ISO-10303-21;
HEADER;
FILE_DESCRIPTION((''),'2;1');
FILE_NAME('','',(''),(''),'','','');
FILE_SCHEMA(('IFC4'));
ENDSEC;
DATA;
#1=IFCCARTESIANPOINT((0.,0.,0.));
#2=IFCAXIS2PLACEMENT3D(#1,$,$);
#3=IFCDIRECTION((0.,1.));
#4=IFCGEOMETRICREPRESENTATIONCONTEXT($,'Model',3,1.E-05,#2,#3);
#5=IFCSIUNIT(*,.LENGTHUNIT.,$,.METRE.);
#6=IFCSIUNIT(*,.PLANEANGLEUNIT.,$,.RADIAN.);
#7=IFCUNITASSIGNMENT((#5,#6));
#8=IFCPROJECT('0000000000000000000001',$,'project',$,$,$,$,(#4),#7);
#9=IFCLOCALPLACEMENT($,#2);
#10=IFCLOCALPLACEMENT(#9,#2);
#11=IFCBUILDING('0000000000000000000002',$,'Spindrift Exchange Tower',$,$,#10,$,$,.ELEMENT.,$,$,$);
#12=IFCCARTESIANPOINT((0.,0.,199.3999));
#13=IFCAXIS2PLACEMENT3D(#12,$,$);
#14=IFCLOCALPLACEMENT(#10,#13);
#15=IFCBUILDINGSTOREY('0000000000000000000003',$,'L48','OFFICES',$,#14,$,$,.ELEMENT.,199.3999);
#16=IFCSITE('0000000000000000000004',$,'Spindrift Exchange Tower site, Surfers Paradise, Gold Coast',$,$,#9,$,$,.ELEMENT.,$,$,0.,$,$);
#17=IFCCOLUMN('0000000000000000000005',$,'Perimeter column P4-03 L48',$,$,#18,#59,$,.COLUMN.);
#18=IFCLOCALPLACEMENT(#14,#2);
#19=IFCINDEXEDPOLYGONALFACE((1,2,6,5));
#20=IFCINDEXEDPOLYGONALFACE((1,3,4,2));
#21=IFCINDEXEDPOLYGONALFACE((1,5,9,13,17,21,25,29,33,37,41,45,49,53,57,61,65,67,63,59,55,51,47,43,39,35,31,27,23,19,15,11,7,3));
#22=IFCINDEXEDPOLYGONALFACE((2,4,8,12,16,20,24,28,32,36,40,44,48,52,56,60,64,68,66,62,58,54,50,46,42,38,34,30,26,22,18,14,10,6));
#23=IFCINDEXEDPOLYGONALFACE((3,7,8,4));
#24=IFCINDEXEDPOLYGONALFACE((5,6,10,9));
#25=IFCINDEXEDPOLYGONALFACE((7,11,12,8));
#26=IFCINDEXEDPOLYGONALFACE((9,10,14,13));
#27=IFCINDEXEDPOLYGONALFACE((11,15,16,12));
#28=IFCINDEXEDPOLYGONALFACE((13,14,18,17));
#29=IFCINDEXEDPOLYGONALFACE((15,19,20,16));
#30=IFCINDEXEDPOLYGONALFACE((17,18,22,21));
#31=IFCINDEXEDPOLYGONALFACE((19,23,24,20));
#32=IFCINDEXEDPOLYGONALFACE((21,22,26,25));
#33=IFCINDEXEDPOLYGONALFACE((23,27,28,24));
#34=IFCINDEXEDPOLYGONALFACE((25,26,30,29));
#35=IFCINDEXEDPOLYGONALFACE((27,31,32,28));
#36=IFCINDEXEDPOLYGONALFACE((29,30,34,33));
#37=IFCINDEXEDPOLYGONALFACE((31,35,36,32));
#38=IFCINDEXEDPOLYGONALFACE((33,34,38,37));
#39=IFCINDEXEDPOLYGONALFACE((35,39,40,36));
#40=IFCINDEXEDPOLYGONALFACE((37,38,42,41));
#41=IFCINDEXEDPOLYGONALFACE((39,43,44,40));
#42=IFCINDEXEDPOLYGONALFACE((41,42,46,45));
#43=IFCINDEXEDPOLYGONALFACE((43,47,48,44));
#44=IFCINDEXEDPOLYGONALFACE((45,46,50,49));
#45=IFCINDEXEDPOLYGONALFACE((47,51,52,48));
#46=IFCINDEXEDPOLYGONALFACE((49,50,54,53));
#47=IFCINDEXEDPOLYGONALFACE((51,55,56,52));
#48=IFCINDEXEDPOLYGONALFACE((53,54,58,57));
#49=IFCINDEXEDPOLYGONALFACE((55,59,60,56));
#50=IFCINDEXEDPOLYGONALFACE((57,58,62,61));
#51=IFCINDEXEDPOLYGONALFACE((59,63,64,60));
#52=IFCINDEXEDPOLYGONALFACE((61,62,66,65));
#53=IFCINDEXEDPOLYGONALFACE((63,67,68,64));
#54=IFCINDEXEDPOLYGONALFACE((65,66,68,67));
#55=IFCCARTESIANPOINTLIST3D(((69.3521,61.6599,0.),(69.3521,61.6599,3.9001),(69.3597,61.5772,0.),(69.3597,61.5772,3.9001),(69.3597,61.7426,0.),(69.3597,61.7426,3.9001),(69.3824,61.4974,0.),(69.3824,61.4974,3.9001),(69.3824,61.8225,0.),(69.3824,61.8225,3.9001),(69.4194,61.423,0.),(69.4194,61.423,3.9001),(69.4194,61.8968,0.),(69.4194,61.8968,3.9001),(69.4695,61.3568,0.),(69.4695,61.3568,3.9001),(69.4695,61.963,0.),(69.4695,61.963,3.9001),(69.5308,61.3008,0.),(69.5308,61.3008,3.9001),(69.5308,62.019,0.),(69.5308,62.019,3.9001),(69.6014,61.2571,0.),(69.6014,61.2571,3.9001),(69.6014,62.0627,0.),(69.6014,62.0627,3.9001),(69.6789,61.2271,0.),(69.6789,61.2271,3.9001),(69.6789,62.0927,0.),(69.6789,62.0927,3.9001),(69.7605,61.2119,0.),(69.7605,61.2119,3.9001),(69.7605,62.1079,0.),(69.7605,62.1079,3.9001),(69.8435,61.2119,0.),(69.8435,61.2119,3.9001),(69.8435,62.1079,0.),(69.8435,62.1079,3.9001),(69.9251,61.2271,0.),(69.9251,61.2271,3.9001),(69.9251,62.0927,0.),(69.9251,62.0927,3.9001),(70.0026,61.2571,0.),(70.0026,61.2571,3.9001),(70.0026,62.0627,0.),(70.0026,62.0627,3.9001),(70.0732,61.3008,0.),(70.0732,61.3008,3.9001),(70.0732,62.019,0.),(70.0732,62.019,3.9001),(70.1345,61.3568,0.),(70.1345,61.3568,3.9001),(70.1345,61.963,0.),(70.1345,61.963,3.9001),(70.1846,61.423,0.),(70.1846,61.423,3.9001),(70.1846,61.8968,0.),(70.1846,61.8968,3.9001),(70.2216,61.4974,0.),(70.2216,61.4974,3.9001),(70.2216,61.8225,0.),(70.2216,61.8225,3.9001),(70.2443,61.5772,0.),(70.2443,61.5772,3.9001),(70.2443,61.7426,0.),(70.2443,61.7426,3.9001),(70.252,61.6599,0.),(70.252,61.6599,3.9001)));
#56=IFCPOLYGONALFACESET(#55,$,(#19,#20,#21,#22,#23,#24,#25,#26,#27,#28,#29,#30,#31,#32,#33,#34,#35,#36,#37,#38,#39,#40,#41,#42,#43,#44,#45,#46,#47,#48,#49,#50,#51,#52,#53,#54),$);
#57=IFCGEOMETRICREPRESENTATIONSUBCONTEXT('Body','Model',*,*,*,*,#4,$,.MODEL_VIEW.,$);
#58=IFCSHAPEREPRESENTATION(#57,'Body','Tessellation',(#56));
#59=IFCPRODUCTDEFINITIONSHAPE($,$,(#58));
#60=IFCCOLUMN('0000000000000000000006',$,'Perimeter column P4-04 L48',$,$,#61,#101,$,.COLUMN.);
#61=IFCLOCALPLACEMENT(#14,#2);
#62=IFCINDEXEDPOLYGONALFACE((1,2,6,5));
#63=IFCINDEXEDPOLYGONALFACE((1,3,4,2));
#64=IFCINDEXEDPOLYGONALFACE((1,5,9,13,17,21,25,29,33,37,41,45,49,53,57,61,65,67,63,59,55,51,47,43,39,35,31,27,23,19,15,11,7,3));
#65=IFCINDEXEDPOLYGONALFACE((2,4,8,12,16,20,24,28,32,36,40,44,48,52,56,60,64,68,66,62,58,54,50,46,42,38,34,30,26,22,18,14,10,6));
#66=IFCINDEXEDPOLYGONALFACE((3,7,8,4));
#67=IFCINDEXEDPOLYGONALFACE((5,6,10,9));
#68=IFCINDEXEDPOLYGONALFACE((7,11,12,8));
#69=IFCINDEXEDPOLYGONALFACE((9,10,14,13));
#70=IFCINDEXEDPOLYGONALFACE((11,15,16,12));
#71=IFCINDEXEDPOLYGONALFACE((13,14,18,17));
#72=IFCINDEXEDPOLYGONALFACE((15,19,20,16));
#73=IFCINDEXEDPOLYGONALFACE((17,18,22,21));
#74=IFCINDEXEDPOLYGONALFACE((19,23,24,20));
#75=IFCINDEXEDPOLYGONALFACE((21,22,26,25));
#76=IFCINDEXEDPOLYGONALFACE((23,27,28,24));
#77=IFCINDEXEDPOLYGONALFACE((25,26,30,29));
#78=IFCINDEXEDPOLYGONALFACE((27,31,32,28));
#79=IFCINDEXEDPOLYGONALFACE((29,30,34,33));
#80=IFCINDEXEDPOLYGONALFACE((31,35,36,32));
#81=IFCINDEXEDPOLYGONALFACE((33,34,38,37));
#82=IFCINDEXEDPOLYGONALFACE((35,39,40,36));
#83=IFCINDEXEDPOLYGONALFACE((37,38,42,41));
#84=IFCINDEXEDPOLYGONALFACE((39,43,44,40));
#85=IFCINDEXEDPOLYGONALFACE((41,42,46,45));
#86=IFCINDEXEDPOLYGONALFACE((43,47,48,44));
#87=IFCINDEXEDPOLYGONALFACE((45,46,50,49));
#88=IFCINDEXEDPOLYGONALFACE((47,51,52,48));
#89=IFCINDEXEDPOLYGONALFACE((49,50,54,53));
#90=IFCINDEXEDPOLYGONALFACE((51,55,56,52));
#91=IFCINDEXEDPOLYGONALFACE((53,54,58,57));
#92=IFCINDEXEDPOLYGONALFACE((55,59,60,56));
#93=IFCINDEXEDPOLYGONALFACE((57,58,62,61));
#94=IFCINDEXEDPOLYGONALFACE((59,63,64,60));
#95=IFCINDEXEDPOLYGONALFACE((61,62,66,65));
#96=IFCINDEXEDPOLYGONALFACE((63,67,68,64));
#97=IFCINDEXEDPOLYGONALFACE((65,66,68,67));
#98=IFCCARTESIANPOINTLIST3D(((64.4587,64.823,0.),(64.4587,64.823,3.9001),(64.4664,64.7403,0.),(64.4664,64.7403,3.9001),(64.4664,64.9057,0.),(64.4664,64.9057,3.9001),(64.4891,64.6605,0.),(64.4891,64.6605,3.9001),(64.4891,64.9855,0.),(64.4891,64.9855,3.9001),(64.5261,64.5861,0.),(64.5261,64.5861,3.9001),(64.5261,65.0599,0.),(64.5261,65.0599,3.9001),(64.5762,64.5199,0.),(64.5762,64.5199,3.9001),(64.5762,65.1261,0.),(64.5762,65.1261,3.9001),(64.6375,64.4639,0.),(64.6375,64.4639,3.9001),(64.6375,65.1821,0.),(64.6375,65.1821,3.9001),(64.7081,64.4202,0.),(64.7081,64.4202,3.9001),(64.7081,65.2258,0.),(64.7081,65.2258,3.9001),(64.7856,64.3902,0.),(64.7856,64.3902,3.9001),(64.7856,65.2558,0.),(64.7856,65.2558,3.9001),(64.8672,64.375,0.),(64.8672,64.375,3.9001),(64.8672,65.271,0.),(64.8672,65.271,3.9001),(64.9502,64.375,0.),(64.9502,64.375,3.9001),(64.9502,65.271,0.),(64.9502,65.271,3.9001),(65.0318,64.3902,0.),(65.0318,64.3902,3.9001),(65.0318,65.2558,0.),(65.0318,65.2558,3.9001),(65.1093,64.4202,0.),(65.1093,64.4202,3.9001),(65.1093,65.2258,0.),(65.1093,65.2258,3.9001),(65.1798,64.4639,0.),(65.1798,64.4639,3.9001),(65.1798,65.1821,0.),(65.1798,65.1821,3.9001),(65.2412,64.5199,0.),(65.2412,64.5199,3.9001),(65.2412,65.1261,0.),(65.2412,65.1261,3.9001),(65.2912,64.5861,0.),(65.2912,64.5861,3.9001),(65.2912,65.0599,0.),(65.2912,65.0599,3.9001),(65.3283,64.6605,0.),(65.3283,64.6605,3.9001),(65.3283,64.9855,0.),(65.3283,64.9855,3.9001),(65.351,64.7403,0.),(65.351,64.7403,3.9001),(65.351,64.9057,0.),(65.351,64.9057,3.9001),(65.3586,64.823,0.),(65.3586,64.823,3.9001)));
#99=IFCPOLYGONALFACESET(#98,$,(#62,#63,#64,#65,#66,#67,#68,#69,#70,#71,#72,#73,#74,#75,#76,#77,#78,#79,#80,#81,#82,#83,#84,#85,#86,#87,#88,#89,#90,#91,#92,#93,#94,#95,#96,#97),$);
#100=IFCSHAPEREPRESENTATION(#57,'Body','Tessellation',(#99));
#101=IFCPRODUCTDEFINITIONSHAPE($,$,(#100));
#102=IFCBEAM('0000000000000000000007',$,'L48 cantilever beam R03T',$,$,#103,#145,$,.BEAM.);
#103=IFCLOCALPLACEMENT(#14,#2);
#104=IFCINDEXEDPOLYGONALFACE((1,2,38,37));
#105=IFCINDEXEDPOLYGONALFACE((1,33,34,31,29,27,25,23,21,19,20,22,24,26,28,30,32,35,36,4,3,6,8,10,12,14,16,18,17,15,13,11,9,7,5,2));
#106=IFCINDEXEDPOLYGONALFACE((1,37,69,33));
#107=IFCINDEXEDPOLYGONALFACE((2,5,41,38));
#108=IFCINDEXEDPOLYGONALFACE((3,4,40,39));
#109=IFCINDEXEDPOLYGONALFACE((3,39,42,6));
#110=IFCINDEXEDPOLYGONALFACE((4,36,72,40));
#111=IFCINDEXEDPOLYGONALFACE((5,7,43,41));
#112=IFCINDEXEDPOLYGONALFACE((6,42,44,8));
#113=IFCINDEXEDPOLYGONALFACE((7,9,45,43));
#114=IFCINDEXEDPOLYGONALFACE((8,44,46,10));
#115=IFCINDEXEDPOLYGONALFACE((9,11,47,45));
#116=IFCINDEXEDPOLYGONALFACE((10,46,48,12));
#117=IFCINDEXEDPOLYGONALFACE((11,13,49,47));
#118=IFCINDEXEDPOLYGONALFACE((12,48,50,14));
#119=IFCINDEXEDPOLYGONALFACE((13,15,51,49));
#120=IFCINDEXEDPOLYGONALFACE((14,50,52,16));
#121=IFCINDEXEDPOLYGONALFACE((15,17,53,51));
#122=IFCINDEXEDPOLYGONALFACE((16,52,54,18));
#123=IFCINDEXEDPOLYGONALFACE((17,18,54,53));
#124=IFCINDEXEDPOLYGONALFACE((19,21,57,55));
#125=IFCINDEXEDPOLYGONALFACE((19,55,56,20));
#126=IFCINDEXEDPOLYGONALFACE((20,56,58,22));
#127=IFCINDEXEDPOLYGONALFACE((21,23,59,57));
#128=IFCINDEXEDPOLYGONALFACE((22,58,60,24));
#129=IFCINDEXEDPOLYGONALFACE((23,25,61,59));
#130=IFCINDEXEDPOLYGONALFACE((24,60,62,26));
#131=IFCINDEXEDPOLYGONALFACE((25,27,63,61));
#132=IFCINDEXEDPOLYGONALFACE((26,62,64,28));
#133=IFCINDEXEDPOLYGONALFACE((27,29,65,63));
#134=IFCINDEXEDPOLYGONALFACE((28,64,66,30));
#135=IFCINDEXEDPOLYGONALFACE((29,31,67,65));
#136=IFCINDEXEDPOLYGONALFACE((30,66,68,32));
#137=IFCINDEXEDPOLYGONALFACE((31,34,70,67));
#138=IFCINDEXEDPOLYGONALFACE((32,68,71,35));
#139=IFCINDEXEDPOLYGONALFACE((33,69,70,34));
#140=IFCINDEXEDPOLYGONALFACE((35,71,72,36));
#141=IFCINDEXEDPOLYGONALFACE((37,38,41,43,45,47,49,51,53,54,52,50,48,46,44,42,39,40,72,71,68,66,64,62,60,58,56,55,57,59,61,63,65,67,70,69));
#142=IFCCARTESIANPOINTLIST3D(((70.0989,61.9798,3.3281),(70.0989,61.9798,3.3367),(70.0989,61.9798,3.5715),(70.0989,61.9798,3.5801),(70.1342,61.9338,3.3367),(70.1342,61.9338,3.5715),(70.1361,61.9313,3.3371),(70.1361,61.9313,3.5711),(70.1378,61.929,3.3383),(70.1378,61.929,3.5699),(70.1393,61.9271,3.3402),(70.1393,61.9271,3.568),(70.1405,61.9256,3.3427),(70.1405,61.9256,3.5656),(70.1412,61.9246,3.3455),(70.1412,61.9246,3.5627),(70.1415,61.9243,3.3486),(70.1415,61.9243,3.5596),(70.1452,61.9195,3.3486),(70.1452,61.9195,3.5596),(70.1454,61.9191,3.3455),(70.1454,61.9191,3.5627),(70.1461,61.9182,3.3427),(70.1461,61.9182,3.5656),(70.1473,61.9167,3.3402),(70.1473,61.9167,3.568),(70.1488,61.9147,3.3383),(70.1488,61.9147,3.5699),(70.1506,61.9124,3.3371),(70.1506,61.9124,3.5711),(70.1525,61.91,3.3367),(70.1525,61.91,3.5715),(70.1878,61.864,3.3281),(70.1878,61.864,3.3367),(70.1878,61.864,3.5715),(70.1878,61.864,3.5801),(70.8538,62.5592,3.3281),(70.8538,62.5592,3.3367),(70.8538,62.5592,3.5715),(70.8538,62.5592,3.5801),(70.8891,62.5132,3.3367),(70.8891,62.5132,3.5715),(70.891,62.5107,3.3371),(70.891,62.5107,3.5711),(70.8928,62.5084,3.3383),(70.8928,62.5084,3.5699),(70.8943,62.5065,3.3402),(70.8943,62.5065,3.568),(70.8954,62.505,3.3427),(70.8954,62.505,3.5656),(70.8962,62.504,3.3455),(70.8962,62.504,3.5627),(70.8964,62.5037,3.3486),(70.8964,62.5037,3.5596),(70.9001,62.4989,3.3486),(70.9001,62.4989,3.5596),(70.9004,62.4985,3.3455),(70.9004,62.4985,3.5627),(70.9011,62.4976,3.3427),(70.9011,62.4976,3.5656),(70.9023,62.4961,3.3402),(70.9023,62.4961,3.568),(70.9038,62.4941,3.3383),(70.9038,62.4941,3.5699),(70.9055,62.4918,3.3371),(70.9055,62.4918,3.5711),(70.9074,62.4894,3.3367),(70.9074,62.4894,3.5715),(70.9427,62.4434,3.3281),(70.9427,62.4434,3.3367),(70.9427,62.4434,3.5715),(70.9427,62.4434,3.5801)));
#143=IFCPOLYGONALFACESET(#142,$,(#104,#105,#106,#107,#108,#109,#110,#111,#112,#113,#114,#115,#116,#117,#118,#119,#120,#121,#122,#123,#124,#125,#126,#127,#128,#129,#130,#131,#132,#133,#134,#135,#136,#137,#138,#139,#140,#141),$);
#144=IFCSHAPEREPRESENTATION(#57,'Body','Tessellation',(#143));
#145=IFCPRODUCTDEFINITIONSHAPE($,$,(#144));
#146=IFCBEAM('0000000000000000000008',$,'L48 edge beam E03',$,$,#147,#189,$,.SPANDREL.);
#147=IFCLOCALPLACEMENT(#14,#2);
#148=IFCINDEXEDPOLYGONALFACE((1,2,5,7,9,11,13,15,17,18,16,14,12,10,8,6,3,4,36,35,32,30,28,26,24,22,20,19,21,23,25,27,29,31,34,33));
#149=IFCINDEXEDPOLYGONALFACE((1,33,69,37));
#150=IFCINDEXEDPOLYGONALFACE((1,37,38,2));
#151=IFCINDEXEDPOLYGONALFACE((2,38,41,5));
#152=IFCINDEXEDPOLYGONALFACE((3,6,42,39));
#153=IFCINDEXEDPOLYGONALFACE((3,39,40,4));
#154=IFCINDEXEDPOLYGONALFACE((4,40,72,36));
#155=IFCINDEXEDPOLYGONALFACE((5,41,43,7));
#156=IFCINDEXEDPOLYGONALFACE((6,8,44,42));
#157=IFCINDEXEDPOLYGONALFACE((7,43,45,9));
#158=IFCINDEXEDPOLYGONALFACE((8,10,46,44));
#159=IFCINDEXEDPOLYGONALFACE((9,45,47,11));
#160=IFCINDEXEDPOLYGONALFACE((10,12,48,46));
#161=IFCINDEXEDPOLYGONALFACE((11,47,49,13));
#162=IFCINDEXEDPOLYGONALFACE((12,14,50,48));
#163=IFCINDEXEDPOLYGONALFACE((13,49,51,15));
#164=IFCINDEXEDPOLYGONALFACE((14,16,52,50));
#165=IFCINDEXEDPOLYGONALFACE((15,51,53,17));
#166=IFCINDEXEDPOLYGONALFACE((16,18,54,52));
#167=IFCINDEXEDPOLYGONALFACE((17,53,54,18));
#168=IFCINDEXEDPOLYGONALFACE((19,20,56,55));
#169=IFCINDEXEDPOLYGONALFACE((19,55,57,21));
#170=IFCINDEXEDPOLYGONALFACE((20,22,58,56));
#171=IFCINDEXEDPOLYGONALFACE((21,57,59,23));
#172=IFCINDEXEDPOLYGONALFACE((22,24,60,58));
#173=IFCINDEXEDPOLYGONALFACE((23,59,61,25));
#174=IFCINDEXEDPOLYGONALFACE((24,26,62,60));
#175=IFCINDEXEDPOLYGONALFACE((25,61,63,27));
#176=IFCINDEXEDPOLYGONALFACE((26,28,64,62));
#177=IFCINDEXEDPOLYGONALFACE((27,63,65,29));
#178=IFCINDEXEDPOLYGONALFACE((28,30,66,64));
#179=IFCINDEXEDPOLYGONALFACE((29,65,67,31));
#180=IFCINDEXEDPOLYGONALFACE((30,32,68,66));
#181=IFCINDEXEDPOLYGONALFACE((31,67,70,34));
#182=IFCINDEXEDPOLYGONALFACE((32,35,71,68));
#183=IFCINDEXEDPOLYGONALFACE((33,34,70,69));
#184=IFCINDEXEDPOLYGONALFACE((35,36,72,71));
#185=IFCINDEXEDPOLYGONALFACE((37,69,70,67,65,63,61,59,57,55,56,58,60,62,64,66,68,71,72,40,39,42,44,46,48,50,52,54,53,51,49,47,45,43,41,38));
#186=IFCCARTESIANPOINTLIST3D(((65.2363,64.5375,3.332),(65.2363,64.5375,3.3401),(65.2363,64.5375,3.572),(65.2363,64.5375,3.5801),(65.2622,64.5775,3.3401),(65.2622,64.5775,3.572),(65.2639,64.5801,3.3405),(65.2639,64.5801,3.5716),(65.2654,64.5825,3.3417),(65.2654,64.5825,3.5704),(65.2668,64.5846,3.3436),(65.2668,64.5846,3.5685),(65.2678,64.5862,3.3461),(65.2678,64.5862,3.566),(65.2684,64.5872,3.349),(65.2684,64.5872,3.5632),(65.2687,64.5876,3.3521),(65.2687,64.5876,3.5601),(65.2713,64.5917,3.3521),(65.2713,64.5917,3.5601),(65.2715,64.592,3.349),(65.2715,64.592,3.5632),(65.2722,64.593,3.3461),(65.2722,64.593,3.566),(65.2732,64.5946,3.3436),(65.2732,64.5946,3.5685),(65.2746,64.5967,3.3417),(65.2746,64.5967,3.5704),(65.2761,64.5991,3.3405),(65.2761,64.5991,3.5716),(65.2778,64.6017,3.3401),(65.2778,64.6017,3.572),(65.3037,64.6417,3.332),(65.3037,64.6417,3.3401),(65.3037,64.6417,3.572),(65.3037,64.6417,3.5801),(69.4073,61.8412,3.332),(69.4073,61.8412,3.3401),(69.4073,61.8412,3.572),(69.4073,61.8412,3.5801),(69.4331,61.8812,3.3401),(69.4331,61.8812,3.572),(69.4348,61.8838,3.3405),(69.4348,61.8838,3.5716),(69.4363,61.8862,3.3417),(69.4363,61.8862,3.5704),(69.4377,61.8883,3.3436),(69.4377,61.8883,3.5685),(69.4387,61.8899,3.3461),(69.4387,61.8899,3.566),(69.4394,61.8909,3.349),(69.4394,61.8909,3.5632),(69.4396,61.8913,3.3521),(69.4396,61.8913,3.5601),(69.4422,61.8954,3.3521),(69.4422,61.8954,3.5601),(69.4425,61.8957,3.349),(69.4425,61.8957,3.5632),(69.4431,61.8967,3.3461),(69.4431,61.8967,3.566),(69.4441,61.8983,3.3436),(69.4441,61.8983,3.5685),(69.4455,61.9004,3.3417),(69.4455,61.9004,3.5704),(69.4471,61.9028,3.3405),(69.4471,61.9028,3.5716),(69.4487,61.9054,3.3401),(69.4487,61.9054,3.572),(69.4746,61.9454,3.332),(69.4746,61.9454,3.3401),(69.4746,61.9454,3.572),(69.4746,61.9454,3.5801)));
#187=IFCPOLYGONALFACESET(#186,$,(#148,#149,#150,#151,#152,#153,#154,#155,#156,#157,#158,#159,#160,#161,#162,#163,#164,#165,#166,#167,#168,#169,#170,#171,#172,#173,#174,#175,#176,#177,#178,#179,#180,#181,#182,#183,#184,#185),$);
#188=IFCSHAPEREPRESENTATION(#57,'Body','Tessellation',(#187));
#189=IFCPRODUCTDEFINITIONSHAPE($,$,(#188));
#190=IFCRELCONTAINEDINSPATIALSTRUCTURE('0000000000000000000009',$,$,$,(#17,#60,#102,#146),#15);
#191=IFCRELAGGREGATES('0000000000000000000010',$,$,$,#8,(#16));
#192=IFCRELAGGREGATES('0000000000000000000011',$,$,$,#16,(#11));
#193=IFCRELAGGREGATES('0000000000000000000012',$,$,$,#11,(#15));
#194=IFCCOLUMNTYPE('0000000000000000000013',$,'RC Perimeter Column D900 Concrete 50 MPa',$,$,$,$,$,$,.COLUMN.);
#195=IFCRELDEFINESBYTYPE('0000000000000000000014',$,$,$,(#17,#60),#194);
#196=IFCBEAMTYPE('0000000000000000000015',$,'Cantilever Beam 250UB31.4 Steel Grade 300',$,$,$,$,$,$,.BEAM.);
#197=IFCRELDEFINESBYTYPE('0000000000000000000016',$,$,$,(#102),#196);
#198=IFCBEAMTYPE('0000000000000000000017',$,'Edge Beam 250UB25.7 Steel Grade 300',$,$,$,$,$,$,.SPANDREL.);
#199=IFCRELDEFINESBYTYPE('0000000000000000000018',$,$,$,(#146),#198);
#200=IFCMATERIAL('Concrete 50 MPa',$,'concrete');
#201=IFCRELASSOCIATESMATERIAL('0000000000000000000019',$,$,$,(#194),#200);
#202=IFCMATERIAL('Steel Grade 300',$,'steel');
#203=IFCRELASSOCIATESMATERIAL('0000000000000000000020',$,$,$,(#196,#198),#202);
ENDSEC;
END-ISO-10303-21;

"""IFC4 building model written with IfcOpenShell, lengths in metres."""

from ifc_helpers import new_model, si_unit, direction, frame, origin, origin_2d, place, context, subcontext, project, spatial, circle, i_section, extrude, source, transform, mapped, material, material_profile, profile_set, type_object, element, save


model = new_model("IFC4")

# Units and contexts
model_context = context("Model", 3, precision=1e-05, world=origin(), true_north=direction((0.0, 1.0)))
body_context = subcontext(model_context, "Body", "Model", "MODEL_VIEW")
ifc_project = project(units=[si_unit("LENGTHUNIT", "METRE"), si_unit("PLANEANGLEUNIT", "RADIAN")], contexts=[model_context])

# Site, building, storey
site_placement = place(None, origin())
site = spatial("IfcSite", under=ifc_project, at=site_placement, Name="Spindrift Exchange Tower site, Surfers Paradise, Gold Coast", CompositionType="ELEMENT", RefElevation=0.0)
building_placement = place(site_placement, origin())
building = spatial("IfcBuilding", under=site, at=building_placement, Name="Spindrift Exchange Tower", CompositionType="ELEMENT")
storey_placement = place(building_placement, frame((0.0, 0.0, 199.3999)))
storey = spatial("IfcBuildingStorey", under=building, at=storey_placement, Name="L48", Description="OFFICES", CompositionType="ELEMENT", Elevation=199.3999)

# Columns
ifc_material_1 = material(Name="Concrete 50 MPa", Category="concrete")
ifc_material_profile_1 = material_profile(ifc_material_1, circle(Radius=0.45, at=origin_2d()), Name="RC D900")
ifc_profile_set_1 = profile_set([ifc_material_profile_1], Name="Concrete 50 MPa")
column_type = type_object("IfcColumnType", Name="RC Perimeter Column D900 Concrete 50 MPa", PredefinedType="COLUMN", material=ifc_profile_set_1)
shared_shape_1 = source(origin(), body_context, "Body", "SweptSolid", [
    extrude(circle(Radius=0.45, at=origin_2d()), origin(), (0.0, 0.0, 1.0), 3.9001),
])
for number, where, z_axis, x_axis, name in (
    (1, (69.802, 61.6599, 0.0), (0.0, 0.0, 1.0), (1.0, 0.0, 0.0), "Perimeter column P4-03 L48"),
    (2, (64.9087, 64.823, 0.0), (0.0, 0.0, 1.0), (1.0, 0.0, 0.0), "Perimeter column P4-04 L48"),
):
    element("IfcColumn", number, at=place(storey_placement, frame(where, z_axis=z_axis, x_axis=x_axis)), inside=storey, type_object=column_type, Name=name, PredefinedType="COLUMN", context=body_context, shape_type="MappedRepresentation", body=[
        mapped(shared_shape_1, transform((0.0, 0.0, 0.0), scale=1.0)),
    ])

# Beams
ifc_material_2 = material(Name="Steel Grade 300", Category="steel")
ifc_material_profile_2 = material_profile(ifc_material_2, i_section(OverallWidth=0.146, OverallDepth=0.252, WebThickness=0.0061, FlangeThickness=0.0085, FilletRadius=0.012, at=origin_2d()), Name="250UB31.4")
ifc_profile_set_2 = profile_set([ifc_material_profile_2], Name="Steel Grade 300")
beam_type_1 = type_object("IfcBeamType", Name="Cantilever Beam 250UB31.4 Steel Grade 300", PredefinedType="BEAM", material=ifc_profile_set_2)
shared_shape_2 = source(origin(), body_context, "Body", "SweptSolid", [
    extrude(i_section(OverallWidth=0.146, OverallDepth=0.252, WebThickness=0.0061, FlangeThickness=0.0085, FilletRadius=0.012, at=origin_2d()), origin(), (0.0, 0.0, 1.0), 0.9517),
])
beam_1_placement = place(storey_placement, frame((70.1433, 61.9219, 3.4541), z_axis=(0.793301, 0.60883, 0.0), x_axis=(-0.60883, 0.793301, 0.0)))
element("IfcBeam", 3, at=beam_1_placement, inside=storey, type_object=beam_type_1, Name="L48 cantilever beam R03T", PredefinedType="BEAM", context=body_context, shape_type="MappedRepresentation", body=[
    mapped(shared_shape_2, transform((0.0, 0.0, 0.0), scale=1.0)),
])
ifc_material_profile_3 = material_profile(ifc_material_2, i_section(OverallWidth=0.124, OverallDepth=0.248, WebThickness=0.0049, FlangeThickness=0.0081, FilletRadius=0.012, at=origin_2d()), Name="250UB25.7")
ifc_profile_set_3 = profile_set([ifc_material_profile_3], Name="Steel Grade 300")
beam_type_2 = type_object("IfcBeamType", Name="Edge Beam 250UB25.7 Steel Grade 300", PredefinedType="SPANDREL", material=ifc_profile_set_3)
shared_shape_3 = source(origin(), body_context, "Body", "SweptSolid", [
    extrude(i_section(OverallWidth=0.124, OverallDepth=0.248, WebThickness=0.0049, FlangeThickness=0.0081, FilletRadius=0.012, at=origin_2d()), origin(), (0.0, 0.0, 1.0), 4.9666),
])
beam_2_placement = place(storey_placement, frame((69.4409, 61.8933, 3.4561), z_axis=(-0.839802, 0.542893, 0.0), x_axis=(-0.542893, -0.839802, 0.0)))
element("IfcBeam", 4, at=beam_2_placement, inside=storey, type_object=beam_type_2, Name="L48 edge beam E03", PredefinedType="SPANDREL", context=body_context, shape_type="MappedRepresentation", body=[
    mapped(shared_shape_3, transform((0.0, 0.0, 0.0), scale=1.0)),
])

save(model, "model.ifc")
